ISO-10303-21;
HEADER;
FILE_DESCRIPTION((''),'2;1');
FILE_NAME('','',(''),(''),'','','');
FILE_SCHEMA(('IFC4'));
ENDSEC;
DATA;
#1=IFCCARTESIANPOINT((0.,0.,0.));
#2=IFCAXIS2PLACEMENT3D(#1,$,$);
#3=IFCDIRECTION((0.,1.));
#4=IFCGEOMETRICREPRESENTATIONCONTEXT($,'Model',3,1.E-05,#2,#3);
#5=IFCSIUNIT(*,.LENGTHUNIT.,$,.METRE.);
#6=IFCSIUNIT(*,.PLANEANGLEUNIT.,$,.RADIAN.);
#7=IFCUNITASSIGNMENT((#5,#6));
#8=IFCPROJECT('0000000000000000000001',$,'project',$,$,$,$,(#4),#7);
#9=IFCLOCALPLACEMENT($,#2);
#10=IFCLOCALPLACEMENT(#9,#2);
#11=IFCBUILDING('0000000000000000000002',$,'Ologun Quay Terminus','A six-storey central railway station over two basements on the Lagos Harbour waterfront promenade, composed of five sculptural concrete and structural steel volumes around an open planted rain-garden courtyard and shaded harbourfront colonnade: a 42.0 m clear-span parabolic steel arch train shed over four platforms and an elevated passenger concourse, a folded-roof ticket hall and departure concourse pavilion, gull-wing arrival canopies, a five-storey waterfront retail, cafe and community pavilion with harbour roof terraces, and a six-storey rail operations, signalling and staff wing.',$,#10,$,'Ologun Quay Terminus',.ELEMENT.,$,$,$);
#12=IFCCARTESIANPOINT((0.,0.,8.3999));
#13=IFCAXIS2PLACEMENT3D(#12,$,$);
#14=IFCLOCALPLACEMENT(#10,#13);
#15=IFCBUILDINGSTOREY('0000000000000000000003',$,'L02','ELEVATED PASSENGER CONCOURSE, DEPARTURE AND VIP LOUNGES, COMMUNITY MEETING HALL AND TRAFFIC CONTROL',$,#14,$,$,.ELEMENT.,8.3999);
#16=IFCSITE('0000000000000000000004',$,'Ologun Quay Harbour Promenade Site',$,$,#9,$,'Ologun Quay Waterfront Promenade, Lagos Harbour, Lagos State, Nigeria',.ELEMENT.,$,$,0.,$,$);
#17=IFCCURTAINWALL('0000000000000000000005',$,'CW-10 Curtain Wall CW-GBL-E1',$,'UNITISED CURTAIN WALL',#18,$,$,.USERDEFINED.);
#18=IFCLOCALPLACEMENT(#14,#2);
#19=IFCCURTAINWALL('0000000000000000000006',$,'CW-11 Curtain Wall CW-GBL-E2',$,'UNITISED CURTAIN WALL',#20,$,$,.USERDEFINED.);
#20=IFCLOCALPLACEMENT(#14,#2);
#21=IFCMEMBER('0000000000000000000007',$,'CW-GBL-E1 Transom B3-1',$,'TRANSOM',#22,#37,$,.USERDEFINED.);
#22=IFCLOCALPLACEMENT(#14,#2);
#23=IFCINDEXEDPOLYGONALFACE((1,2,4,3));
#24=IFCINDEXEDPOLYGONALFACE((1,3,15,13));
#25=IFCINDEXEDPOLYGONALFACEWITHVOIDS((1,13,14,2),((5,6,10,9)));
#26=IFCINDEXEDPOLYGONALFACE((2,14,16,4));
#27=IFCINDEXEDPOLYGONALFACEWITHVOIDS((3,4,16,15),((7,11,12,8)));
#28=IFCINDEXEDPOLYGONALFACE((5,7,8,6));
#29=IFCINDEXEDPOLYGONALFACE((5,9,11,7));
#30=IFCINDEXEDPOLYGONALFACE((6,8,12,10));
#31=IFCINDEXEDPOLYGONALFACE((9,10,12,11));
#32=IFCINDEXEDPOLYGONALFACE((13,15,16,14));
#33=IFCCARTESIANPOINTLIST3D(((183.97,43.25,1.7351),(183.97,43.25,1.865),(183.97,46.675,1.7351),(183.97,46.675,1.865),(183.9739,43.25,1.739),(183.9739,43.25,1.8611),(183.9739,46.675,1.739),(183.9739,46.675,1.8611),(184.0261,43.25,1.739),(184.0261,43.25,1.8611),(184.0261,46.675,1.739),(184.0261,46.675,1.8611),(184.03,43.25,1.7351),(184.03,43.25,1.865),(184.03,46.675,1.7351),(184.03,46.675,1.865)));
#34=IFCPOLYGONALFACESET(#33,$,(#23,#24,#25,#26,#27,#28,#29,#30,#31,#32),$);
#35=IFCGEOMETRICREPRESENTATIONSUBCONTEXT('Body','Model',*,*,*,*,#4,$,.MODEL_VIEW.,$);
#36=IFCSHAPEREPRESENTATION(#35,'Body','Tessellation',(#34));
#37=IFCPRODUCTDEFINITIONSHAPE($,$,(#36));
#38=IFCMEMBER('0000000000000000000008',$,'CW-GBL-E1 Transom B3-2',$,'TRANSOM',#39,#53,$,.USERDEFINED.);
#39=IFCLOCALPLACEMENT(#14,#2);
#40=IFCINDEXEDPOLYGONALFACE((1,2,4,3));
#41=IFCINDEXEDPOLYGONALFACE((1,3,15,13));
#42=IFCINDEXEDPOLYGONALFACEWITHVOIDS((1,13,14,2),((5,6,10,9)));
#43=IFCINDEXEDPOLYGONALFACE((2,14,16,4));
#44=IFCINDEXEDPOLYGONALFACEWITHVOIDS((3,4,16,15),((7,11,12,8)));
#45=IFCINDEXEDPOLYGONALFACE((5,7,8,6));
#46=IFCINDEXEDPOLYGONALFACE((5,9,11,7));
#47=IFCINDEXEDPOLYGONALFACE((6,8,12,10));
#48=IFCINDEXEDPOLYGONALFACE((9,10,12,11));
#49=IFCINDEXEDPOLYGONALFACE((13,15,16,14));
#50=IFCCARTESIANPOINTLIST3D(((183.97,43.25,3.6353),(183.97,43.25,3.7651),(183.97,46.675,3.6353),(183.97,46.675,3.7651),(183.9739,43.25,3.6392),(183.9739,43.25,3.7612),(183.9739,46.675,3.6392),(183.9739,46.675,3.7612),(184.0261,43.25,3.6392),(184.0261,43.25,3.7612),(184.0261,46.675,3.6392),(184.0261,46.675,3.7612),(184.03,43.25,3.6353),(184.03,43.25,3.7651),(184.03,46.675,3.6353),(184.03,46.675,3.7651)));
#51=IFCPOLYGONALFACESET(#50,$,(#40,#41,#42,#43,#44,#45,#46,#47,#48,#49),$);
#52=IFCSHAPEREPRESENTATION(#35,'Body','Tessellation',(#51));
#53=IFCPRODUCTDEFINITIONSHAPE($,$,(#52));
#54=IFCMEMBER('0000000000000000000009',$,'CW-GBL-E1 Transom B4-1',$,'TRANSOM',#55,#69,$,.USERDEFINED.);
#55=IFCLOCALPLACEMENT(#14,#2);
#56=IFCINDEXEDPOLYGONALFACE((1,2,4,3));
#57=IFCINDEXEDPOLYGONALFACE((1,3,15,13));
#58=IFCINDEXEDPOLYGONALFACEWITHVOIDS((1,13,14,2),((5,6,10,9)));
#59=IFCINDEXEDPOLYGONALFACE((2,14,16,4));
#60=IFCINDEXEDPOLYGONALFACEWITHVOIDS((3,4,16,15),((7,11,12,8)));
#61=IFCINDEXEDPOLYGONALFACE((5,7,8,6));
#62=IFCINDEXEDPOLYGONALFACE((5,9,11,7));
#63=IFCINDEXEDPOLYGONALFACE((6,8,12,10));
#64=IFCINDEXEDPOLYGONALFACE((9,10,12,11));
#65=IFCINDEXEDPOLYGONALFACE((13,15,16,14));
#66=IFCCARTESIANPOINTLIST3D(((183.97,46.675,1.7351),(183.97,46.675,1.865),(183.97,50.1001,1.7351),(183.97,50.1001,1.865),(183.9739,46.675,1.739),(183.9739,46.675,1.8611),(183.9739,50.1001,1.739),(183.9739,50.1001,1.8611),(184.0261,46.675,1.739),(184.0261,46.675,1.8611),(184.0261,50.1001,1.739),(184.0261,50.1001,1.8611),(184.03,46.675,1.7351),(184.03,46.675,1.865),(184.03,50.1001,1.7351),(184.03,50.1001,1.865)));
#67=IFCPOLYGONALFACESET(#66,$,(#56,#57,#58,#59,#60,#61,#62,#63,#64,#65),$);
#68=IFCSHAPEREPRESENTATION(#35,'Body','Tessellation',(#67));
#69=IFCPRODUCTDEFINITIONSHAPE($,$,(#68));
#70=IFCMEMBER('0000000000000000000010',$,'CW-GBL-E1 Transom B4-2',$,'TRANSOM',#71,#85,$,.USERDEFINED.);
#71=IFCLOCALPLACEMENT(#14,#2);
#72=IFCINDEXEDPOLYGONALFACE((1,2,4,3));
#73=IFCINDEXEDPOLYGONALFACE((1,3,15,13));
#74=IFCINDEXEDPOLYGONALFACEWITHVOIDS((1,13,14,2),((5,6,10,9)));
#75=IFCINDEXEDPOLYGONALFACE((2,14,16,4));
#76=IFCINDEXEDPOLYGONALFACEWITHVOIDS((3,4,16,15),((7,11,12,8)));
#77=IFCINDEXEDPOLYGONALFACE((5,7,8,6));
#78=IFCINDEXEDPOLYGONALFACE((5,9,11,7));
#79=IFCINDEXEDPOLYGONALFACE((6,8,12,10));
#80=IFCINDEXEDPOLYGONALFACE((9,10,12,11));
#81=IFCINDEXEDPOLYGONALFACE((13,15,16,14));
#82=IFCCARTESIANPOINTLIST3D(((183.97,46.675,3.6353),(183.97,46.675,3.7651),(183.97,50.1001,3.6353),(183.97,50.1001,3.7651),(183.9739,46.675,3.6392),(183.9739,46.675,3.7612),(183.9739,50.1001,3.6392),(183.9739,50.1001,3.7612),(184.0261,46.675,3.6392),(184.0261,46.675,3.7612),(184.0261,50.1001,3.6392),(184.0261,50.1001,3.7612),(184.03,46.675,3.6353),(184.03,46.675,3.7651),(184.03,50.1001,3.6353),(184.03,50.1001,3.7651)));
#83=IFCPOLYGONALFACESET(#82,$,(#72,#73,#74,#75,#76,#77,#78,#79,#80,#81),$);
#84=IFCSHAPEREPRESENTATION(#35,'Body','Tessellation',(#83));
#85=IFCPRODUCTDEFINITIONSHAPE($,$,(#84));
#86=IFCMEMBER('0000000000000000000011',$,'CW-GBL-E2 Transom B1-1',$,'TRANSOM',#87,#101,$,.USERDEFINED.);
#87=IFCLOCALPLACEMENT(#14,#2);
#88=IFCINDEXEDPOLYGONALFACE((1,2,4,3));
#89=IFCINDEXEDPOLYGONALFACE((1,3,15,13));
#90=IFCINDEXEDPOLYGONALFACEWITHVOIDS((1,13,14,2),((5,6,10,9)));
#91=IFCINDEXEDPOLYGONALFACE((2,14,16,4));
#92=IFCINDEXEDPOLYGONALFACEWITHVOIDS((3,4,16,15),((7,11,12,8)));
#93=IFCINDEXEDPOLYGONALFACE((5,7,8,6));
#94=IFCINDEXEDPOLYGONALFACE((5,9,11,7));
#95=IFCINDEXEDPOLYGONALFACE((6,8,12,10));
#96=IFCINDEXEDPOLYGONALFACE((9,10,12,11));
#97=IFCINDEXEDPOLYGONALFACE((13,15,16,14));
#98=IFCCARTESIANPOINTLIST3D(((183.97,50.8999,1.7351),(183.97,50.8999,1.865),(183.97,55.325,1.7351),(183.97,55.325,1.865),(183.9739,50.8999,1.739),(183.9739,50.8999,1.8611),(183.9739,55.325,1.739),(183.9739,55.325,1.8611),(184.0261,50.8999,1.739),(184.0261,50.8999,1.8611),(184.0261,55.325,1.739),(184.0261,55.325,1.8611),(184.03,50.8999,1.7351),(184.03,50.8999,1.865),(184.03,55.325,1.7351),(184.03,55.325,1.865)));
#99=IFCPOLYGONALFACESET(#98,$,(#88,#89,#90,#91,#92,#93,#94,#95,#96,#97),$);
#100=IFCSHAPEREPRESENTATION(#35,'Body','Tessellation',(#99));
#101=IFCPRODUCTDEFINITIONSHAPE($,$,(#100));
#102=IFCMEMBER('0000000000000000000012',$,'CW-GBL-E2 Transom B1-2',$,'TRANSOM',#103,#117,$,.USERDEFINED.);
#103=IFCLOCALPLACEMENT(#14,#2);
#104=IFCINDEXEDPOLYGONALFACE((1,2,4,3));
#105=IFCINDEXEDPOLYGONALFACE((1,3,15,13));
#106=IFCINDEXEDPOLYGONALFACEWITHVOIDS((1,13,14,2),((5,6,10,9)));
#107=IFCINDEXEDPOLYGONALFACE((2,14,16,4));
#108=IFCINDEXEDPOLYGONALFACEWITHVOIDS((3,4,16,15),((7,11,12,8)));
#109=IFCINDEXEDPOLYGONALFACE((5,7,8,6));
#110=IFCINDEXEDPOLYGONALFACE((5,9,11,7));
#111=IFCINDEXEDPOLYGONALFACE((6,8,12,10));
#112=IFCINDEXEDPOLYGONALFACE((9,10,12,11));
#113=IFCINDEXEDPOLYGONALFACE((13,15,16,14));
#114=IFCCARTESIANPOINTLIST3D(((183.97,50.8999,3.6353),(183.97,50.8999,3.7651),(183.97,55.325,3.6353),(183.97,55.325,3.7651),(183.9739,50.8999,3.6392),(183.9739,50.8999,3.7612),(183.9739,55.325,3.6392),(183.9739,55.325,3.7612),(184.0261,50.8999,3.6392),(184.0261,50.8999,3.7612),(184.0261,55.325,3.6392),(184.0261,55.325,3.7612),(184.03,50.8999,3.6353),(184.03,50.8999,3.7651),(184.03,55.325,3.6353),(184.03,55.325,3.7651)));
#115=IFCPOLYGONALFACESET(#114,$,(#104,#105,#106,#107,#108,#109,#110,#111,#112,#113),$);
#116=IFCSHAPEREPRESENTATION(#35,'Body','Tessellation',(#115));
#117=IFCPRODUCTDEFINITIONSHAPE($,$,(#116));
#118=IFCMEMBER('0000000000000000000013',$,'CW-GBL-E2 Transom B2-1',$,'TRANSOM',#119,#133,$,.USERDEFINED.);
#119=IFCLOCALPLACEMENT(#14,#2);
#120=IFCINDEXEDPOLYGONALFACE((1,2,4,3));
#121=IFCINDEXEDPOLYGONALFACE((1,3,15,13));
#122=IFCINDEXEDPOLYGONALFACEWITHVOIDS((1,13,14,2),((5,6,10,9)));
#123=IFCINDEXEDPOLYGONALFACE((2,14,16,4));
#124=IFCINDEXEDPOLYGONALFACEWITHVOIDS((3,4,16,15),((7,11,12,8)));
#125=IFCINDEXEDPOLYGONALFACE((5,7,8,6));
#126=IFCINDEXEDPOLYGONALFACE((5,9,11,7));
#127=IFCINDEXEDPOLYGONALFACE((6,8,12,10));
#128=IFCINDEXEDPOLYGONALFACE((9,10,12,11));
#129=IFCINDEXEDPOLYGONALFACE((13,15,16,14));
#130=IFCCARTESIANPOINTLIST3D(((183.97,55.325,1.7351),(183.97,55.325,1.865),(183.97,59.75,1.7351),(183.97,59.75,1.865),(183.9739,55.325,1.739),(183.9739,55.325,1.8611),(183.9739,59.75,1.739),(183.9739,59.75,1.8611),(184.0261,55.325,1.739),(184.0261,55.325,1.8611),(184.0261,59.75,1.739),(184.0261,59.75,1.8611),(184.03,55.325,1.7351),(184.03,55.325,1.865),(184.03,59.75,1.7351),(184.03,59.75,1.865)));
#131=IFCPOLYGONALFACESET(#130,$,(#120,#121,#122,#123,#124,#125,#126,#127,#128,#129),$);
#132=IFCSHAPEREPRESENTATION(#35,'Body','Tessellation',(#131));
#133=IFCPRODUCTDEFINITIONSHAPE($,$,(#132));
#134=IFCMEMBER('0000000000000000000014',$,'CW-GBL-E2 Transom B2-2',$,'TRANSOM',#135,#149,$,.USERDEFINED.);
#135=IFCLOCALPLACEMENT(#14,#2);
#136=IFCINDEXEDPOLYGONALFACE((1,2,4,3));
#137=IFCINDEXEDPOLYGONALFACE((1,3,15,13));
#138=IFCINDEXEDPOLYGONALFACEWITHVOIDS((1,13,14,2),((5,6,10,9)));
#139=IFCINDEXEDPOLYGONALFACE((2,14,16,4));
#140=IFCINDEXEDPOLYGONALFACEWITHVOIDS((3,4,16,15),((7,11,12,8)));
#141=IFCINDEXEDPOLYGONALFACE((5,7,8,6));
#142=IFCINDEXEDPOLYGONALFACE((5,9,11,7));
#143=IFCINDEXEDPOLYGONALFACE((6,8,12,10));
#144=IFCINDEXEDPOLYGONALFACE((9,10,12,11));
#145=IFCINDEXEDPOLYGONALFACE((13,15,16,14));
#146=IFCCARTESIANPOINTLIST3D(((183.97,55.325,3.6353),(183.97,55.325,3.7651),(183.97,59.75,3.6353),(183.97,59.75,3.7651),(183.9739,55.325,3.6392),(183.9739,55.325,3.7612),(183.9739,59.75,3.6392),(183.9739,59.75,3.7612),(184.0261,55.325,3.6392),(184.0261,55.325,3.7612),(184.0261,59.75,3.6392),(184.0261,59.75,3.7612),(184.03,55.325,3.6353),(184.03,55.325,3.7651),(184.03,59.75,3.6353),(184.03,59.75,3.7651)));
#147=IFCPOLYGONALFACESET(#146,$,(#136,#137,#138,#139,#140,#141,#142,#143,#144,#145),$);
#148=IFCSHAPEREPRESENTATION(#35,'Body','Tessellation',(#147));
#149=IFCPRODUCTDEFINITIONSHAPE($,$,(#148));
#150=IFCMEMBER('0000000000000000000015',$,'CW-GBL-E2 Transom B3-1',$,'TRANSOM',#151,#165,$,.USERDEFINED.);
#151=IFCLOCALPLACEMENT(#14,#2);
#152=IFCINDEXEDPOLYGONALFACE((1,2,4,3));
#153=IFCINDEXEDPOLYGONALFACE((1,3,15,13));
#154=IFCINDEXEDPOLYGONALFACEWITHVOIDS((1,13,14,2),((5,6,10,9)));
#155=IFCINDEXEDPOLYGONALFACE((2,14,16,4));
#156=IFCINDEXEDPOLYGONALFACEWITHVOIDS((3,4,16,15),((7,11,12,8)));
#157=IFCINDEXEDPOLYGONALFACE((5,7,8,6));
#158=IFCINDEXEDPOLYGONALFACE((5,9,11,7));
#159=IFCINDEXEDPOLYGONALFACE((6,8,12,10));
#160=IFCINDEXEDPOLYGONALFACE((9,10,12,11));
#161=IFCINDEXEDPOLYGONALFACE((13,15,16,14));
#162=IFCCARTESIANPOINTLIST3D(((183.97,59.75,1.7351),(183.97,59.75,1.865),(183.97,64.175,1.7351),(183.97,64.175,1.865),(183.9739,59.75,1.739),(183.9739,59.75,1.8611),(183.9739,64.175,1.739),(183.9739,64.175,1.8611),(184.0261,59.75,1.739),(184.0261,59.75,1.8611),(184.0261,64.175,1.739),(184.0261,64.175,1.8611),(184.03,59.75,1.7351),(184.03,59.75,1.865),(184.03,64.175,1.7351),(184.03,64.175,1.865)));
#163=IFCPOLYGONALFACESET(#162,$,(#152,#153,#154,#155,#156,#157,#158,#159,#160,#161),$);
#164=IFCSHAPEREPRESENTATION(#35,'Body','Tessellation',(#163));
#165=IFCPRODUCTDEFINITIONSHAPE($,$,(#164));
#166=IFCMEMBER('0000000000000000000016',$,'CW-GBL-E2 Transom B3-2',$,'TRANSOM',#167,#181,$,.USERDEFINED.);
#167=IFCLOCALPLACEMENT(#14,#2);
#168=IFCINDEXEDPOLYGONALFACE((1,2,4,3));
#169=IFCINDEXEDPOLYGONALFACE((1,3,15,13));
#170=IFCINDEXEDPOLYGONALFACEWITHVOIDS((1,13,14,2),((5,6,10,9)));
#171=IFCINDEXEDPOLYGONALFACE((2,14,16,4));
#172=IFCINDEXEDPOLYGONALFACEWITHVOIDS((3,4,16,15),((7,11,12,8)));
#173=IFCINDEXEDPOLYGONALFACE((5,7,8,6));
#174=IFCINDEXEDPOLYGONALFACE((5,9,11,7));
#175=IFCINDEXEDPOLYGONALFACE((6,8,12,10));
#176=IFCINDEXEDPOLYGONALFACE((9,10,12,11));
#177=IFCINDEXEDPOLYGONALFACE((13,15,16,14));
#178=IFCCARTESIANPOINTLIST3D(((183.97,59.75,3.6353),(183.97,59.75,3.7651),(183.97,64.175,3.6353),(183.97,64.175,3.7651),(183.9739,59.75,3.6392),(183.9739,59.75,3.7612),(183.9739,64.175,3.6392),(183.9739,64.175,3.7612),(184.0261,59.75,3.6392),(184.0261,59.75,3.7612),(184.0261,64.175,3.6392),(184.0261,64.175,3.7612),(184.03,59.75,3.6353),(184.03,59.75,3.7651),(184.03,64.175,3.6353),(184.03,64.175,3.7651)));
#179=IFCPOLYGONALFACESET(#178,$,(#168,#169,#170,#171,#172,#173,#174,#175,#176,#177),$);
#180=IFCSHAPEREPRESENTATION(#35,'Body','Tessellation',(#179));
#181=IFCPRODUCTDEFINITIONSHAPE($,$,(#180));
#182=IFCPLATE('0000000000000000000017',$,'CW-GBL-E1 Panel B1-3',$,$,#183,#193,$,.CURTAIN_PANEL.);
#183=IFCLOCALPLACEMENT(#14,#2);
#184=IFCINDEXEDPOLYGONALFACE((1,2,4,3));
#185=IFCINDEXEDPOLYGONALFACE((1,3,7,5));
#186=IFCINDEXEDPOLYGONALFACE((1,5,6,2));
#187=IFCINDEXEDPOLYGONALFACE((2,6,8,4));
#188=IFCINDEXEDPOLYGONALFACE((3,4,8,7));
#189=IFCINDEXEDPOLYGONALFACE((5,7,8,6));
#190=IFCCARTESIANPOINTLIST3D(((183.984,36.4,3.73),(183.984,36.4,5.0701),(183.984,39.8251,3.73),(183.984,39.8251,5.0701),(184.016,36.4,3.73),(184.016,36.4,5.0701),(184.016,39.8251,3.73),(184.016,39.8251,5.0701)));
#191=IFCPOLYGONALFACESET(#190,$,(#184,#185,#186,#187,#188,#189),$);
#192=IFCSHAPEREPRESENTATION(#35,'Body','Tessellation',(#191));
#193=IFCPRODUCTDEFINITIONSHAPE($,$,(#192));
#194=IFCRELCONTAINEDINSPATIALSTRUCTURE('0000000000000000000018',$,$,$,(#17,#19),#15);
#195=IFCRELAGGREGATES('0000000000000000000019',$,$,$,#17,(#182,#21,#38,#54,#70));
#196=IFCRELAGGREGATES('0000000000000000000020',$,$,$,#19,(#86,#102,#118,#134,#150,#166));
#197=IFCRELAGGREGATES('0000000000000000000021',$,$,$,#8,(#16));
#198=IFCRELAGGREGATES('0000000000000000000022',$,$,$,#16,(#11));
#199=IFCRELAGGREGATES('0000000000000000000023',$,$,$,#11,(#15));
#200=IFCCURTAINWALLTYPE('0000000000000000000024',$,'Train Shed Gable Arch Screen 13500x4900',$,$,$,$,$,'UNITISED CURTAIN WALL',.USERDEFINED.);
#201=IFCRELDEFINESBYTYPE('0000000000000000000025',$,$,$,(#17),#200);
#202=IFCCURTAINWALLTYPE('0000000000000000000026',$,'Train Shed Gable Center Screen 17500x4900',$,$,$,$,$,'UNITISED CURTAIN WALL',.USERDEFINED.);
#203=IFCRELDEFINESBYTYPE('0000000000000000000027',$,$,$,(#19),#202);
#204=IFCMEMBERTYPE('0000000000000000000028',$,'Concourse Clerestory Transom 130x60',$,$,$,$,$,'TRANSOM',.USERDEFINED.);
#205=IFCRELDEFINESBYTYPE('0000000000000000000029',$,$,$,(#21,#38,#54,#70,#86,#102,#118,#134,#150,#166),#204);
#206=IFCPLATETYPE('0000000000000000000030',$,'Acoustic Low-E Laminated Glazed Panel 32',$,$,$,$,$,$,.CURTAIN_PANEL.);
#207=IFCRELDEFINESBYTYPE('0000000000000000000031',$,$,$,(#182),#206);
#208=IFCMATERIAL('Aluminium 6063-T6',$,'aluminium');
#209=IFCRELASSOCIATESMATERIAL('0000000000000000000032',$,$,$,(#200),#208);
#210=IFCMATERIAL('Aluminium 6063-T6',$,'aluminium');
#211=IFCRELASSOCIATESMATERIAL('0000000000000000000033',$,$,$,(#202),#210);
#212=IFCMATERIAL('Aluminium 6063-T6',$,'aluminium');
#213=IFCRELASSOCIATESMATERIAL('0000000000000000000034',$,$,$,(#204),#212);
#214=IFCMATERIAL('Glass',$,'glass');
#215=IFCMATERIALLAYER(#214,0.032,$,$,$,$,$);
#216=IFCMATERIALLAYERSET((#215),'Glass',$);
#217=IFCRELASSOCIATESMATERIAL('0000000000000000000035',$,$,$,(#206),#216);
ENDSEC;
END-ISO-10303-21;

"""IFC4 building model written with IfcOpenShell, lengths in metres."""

from ifc_helpers import new_model, si_unit, direction, frame, origin, origin_2d, place, context, subcontext, project, spatial, rectangle, hollow_rectangle, extrude, material, layer, layer_set, material_profile, profile_set, type_object, element, aggregate, save


model = new_model("IFC4")

# Units and contexts
model_context = context("Model", 3, precision=1e-05, world=origin(), true_north=direction((0.0, 1.0)))
body_context = subcontext(model_context, "Body", "Model", "MODEL_VIEW")
ifc_project = project(units=[si_unit("LENGTHUNIT", "METRE"), si_unit("PLANEANGLEUNIT", "RADIAN")], contexts=[model_context])

# Site, building, storey
site_placement = place(None, origin())
site = spatial("IfcSite", under=ifc_project, at=site_placement, Name="Ologun Quay Harbour Promenade Site", LongName="Ologun Quay Waterfront Promenade, Lagos Harbour, Lagos State, Nigeria", CompositionType="ELEMENT", RefElevation=0.0)
building_placement = place(site_placement, origin())
building = spatial("IfcBuilding", under=site, at=building_placement, Name="Ologun Quay Terminus", Description="A six-storey central railway station over two basements on the Lagos Harbour waterfront promenade, composed of five sculptural concrete and structural steel volumes around an open planted rain-garden courtyard and shaded harbourfront colonnade: a 42.0 m clear-span parabolic steel arch train shed over four platforms and an elevated passenger concourse, a folded-roof ticket hall and departure concourse pavilion, gull-wing arrival canopies, a five-storey waterfront retail, cafe and community pavilion with harbour roof terraces, and a six-storey rail operations, signalling and staff wing.", LongName="Ologun Quay Terminus", CompositionType="ELEMENT")
storey_placement = place(building_placement, frame((0.0, 0.0, 8.3999)))
storey = spatial("IfcBuildingStorey", under=building, at=storey_placement, Name="L02", Description="ELEVATED PASSENGER CONCOURSE, DEPARTURE AND VIP LOUNGES, COMMUNITY MEETING HALL AND TRAFFIC CONTROL", CompositionType="ELEMENT", Elevation=8.3999)

# Curtain walls
ifc_material_1 = material(Name="Aluminium 6063-T6", Category="aluminium")
curtain_wall_type_1 = type_object("IfcCurtainWallType", Name="Train Shed Gable Arch Screen 13500x4900", ElementType="UNITISED CURTAIN WALL", PredefinedType="USERDEFINED", material=ifc_material_1)
curtain_wall_1_placement = place(storey_placement, origin())
curtain_wall_1 = element("IfcCurtainWall", 1, at=curtain_wall_1_placement, inside=storey, type_object=curtain_wall_type_1, Name="CW-10 Curtain Wall CW-GBL-E1", ObjectType="UNITISED CURTAIN WALL", PredefinedType="USERDEFINED")
ifc_material_2 = material(Name="Aluminium 6063-T6", Category="aluminium")
curtain_wall_type_2 = type_object("IfcCurtainWallType", Name="Train Shed Gable Center Screen 17500x4900", ElementType="UNITISED CURTAIN WALL", PredefinedType="USERDEFINED", material=ifc_material_2)
curtain_wall_2_placement = place(storey_placement, origin())
curtain_wall_2 = element("IfcCurtainWall", 2, at=curtain_wall_2_placement, inside=storey, type_object=curtain_wall_type_2, Name="CW-11 Curtain Wall CW-GBL-E2", ObjectType="UNITISED CURTAIN WALL", PredefinedType="USERDEFINED")

# Members
ifc_material_3 = material(Name="Aluminium 6063-T6", Category="aluminium")
ifc_material_profile_1 = material_profile(ifc_material_3, hollow_rectangle(XDim=0.0601, YDim=0.1299, WallThickness=0.0039, at=origin_2d()), Name="ALU 130x60x4")
ifc_profile_set_1 = profile_set([ifc_material_profile_1], Name="Aluminium 6063-T6")
member_type_1 = type_object("IfcMemberType", Name="Concourse Clerestory Transom 130x60", ElementType="TRANSOM", PredefinedType="USERDEFINED", material=ifc_profile_set_1)
member_1_placement = place(storey_placement, frame((184.0, 43.25, 1.8), z_axis=(0.0, 1.0, 0.0), x_axis=(-1.0, 0.0, 0.0)))
member_1 = element("IfcMember", 3, at=member_1_placement, type_object=member_type_1, Name="CW-GBL-E1 Transom B3-1", ObjectType="TRANSOM", PredefinedType="USERDEFINED", context=body_context, shape_type="SweptSolid", body=[
    extrude(hollow_rectangle(XDim=0.0601, YDim=0.1299, WallThickness=0.0039, at=origin_2d()), origin(), (0.0, 0.0, 1.0), 3.425),
])
member_2_placement = place(storey_placement, frame((184.0, 43.25, 3.7002), z_axis=(0.0, 1.0, 0.0), x_axis=(-1.0, 0.0, 0.0)))
member_2 = element("IfcMember", 4, at=member_2_placement, type_object=member_type_1, Name="CW-GBL-E1 Transom B3-2", ObjectType="TRANSOM", PredefinedType="USERDEFINED", context=body_context, shape_type="SweptSolid", body=[
    extrude(hollow_rectangle(XDim=0.0601, YDim=0.1299, WallThickness=0.0039, at=origin_2d()), origin(), (0.0, 0.0, 1.0), 3.425),
])
member_3_placement = place(storey_placement, frame((184.0, 46.675, 1.8), z_axis=(0.0, 1.0, 0.0), x_axis=(-1.0, 0.0, 0.0)))
member_3 = element("IfcMember", 5, at=member_3_placement, type_object=member_type_1, Name="CW-GBL-E1 Transom B4-1", ObjectType="TRANSOM", PredefinedType="USERDEFINED", context=body_context, shape_type="SweptSolid", body=[
    extrude(hollow_rectangle(XDim=0.0601, YDim=0.1299, WallThickness=0.0039, at=origin_2d()), origin(), (0.0, 0.0, 1.0), 3.425),
])
member_4_placement = place(storey_placement, frame((184.0, 46.675, 3.7002), z_axis=(0.0, 1.0, 0.0), x_axis=(-1.0, 0.0, 0.0)))
member_4 = element("IfcMember", 6, at=member_4_placement, type_object=member_type_1, Name="CW-GBL-E1 Transom B4-2", ObjectType="TRANSOM", PredefinedType="USERDEFINED", context=body_context, shape_type="SweptSolid", body=[
    extrude(hollow_rectangle(XDim=0.0601, YDim=0.1299, WallThickness=0.0039, at=origin_2d()), origin(), (0.0, 0.0, 1.0), 3.425),
])
member_5_placement = place(storey_placement, frame((184.0, 50.8999, 1.8), z_axis=(0.0, 1.0, 0.0), x_axis=(-1.0, 0.0, 0.0)))
member_5 = element("IfcMember", 7, at=member_5_placement, type_object=member_type_1, Name="CW-GBL-E2 Transom B1-1", ObjectType="TRANSOM", PredefinedType="USERDEFINED", context=body_context, shape_type="SweptSolid", body=[
    extrude(hollow_rectangle(XDim=0.0601, YDim=0.1299, WallThickness=0.0039, at=origin_2d()), origin(), (0.0, 0.0, 1.0), 4.425),
])
member_6_placement = place(storey_placement, frame((184.0, 50.8999, 3.7002), z_axis=(0.0, 1.0, 0.0), x_axis=(-1.0, 0.0, 0.0)))
member_6 = element("IfcMember", 8, at=member_6_placement, type_object=member_type_1, Name="CW-GBL-E2 Transom B1-2", ObjectType="TRANSOM", PredefinedType="USERDEFINED", context=body_context, shape_type="SweptSolid", body=[
    extrude(hollow_rectangle(XDim=0.0601, YDim=0.1299, WallThickness=0.0039, at=origin_2d()), origin(), (0.0, 0.0, 1.0), 4.425),
])
member_7_placement = place(storey_placement, frame((184.0, 55.325, 1.8), z_axis=(0.0, 1.0, 0.0), x_axis=(-1.0, 0.0, 0.0)))
member_7 = element("IfcMember", 9, at=member_7_placement, type_object=member_type_1, Name="CW-GBL-E2 Transom B2-1", ObjectType="TRANSOM", PredefinedType="USERDEFINED", context=body_context, shape_type="SweptSolid", body=[
    extrude(hollow_rectangle(XDim=0.0601, YDim=0.1299, WallThickness=0.0039, at=origin_2d()), origin(), (0.0, 0.0, 1.0), 4.425),
])
member_8_placement = place(storey_placement, frame((184.0, 55.325, 3.7002), z_axis=(0.0, 1.0, 0.0), x_axis=(-1.0, 0.0, 0.0)))
member_8 = element("IfcMember", 10, at=member_8_placement, type_object=member_type_1, Name="CW-GBL-E2 Transom B2-2", ObjectType="TRANSOM", PredefinedType="USERDEFINED", context=body_context, shape_type="SweptSolid", body=[
    extrude(hollow_rectangle(XDim=0.0601, YDim=0.1299, WallThickness=0.0039, at=origin_2d()), origin(), (0.0, 0.0, 1.0), 4.425),
])
member_9_placement = place(storey_placement, frame((184.0, 59.75, 1.8), z_axis=(0.0, 1.0, 0.0), x_axis=(-1.0, 0.0, 0.0)))
member_9 = element("IfcMember", 11, at=member_9_placement, type_object=member_type_1, Name="CW-GBL-E2 Transom B3-1", ObjectType="TRANSOM", PredefinedType="USERDEFINED", context=body_context, shape_type="SweptSolid", body=[
    extrude(hollow_rectangle(XDim=0.0601, YDim=0.1299, WallThickness=0.0039, at=origin_2d()), origin(), (0.0, 0.0, 1.0), 4.425),
])
member_10_placement = place(storey_placement, frame((184.0, 59.75, 3.7002), z_axis=(0.0, 1.0, 0.0), x_axis=(-1.0, 0.0, 0.0)))
member_10 = element("IfcMember", 12, at=member_10_placement, type_object=member_type_1, Name="CW-GBL-E2 Transom B3-2", ObjectType="TRANSOM", PredefinedType="USERDEFINED", context=body_context, shape_type="SweptSolid", body=[
    extrude(hollow_rectangle(XDim=0.0601, YDim=0.1299, WallThickness=0.0039, at=origin_2d()), origin(), (0.0, 0.0, 1.0), 4.425),
])

# Plate
ifc_material_4 = material(Name="Glass", Category="glass")
ifc_layer = layer(ifc_material_4, 0.032)
ifc_layer_set = layer_set([ifc_layer], Name="Glass")
plate_type = type_object("IfcPlateType", Name="Acoustic Low-E Laminated Glazed Panel 32", PredefinedType="CURTAIN_PANEL", material=ifc_layer_set)
plate_1_placement = place(storey_placement, frame((184.0, 38.1125, 3.73), z_axis=(0.0, 0.0, 1.0), x_axis=(0.0, 1.0, 0.0)))
plate_1 = element("IfcPlate", 13, at=plate_1_placement, type_object=plate_type, Name="CW-GBL-E1 Panel B1-3", PredefinedType="CURTAIN_PANEL", context=body_context, shape_type="SweptSolid", body=[
    extrude(rectangle(XDim=3.425, YDim=0.032, at=origin_2d()), origin(), (0.0, 0.0, 1.0), 1.3401),
])
aggregate(curtain_wall_1, [plate_1, member_1, member_2, member_3, member_4])
aggregate(curtain_wall_2, [member_5, member_6, member_7, member_8, member_9, member_10])

save(model, "model.ifc")
